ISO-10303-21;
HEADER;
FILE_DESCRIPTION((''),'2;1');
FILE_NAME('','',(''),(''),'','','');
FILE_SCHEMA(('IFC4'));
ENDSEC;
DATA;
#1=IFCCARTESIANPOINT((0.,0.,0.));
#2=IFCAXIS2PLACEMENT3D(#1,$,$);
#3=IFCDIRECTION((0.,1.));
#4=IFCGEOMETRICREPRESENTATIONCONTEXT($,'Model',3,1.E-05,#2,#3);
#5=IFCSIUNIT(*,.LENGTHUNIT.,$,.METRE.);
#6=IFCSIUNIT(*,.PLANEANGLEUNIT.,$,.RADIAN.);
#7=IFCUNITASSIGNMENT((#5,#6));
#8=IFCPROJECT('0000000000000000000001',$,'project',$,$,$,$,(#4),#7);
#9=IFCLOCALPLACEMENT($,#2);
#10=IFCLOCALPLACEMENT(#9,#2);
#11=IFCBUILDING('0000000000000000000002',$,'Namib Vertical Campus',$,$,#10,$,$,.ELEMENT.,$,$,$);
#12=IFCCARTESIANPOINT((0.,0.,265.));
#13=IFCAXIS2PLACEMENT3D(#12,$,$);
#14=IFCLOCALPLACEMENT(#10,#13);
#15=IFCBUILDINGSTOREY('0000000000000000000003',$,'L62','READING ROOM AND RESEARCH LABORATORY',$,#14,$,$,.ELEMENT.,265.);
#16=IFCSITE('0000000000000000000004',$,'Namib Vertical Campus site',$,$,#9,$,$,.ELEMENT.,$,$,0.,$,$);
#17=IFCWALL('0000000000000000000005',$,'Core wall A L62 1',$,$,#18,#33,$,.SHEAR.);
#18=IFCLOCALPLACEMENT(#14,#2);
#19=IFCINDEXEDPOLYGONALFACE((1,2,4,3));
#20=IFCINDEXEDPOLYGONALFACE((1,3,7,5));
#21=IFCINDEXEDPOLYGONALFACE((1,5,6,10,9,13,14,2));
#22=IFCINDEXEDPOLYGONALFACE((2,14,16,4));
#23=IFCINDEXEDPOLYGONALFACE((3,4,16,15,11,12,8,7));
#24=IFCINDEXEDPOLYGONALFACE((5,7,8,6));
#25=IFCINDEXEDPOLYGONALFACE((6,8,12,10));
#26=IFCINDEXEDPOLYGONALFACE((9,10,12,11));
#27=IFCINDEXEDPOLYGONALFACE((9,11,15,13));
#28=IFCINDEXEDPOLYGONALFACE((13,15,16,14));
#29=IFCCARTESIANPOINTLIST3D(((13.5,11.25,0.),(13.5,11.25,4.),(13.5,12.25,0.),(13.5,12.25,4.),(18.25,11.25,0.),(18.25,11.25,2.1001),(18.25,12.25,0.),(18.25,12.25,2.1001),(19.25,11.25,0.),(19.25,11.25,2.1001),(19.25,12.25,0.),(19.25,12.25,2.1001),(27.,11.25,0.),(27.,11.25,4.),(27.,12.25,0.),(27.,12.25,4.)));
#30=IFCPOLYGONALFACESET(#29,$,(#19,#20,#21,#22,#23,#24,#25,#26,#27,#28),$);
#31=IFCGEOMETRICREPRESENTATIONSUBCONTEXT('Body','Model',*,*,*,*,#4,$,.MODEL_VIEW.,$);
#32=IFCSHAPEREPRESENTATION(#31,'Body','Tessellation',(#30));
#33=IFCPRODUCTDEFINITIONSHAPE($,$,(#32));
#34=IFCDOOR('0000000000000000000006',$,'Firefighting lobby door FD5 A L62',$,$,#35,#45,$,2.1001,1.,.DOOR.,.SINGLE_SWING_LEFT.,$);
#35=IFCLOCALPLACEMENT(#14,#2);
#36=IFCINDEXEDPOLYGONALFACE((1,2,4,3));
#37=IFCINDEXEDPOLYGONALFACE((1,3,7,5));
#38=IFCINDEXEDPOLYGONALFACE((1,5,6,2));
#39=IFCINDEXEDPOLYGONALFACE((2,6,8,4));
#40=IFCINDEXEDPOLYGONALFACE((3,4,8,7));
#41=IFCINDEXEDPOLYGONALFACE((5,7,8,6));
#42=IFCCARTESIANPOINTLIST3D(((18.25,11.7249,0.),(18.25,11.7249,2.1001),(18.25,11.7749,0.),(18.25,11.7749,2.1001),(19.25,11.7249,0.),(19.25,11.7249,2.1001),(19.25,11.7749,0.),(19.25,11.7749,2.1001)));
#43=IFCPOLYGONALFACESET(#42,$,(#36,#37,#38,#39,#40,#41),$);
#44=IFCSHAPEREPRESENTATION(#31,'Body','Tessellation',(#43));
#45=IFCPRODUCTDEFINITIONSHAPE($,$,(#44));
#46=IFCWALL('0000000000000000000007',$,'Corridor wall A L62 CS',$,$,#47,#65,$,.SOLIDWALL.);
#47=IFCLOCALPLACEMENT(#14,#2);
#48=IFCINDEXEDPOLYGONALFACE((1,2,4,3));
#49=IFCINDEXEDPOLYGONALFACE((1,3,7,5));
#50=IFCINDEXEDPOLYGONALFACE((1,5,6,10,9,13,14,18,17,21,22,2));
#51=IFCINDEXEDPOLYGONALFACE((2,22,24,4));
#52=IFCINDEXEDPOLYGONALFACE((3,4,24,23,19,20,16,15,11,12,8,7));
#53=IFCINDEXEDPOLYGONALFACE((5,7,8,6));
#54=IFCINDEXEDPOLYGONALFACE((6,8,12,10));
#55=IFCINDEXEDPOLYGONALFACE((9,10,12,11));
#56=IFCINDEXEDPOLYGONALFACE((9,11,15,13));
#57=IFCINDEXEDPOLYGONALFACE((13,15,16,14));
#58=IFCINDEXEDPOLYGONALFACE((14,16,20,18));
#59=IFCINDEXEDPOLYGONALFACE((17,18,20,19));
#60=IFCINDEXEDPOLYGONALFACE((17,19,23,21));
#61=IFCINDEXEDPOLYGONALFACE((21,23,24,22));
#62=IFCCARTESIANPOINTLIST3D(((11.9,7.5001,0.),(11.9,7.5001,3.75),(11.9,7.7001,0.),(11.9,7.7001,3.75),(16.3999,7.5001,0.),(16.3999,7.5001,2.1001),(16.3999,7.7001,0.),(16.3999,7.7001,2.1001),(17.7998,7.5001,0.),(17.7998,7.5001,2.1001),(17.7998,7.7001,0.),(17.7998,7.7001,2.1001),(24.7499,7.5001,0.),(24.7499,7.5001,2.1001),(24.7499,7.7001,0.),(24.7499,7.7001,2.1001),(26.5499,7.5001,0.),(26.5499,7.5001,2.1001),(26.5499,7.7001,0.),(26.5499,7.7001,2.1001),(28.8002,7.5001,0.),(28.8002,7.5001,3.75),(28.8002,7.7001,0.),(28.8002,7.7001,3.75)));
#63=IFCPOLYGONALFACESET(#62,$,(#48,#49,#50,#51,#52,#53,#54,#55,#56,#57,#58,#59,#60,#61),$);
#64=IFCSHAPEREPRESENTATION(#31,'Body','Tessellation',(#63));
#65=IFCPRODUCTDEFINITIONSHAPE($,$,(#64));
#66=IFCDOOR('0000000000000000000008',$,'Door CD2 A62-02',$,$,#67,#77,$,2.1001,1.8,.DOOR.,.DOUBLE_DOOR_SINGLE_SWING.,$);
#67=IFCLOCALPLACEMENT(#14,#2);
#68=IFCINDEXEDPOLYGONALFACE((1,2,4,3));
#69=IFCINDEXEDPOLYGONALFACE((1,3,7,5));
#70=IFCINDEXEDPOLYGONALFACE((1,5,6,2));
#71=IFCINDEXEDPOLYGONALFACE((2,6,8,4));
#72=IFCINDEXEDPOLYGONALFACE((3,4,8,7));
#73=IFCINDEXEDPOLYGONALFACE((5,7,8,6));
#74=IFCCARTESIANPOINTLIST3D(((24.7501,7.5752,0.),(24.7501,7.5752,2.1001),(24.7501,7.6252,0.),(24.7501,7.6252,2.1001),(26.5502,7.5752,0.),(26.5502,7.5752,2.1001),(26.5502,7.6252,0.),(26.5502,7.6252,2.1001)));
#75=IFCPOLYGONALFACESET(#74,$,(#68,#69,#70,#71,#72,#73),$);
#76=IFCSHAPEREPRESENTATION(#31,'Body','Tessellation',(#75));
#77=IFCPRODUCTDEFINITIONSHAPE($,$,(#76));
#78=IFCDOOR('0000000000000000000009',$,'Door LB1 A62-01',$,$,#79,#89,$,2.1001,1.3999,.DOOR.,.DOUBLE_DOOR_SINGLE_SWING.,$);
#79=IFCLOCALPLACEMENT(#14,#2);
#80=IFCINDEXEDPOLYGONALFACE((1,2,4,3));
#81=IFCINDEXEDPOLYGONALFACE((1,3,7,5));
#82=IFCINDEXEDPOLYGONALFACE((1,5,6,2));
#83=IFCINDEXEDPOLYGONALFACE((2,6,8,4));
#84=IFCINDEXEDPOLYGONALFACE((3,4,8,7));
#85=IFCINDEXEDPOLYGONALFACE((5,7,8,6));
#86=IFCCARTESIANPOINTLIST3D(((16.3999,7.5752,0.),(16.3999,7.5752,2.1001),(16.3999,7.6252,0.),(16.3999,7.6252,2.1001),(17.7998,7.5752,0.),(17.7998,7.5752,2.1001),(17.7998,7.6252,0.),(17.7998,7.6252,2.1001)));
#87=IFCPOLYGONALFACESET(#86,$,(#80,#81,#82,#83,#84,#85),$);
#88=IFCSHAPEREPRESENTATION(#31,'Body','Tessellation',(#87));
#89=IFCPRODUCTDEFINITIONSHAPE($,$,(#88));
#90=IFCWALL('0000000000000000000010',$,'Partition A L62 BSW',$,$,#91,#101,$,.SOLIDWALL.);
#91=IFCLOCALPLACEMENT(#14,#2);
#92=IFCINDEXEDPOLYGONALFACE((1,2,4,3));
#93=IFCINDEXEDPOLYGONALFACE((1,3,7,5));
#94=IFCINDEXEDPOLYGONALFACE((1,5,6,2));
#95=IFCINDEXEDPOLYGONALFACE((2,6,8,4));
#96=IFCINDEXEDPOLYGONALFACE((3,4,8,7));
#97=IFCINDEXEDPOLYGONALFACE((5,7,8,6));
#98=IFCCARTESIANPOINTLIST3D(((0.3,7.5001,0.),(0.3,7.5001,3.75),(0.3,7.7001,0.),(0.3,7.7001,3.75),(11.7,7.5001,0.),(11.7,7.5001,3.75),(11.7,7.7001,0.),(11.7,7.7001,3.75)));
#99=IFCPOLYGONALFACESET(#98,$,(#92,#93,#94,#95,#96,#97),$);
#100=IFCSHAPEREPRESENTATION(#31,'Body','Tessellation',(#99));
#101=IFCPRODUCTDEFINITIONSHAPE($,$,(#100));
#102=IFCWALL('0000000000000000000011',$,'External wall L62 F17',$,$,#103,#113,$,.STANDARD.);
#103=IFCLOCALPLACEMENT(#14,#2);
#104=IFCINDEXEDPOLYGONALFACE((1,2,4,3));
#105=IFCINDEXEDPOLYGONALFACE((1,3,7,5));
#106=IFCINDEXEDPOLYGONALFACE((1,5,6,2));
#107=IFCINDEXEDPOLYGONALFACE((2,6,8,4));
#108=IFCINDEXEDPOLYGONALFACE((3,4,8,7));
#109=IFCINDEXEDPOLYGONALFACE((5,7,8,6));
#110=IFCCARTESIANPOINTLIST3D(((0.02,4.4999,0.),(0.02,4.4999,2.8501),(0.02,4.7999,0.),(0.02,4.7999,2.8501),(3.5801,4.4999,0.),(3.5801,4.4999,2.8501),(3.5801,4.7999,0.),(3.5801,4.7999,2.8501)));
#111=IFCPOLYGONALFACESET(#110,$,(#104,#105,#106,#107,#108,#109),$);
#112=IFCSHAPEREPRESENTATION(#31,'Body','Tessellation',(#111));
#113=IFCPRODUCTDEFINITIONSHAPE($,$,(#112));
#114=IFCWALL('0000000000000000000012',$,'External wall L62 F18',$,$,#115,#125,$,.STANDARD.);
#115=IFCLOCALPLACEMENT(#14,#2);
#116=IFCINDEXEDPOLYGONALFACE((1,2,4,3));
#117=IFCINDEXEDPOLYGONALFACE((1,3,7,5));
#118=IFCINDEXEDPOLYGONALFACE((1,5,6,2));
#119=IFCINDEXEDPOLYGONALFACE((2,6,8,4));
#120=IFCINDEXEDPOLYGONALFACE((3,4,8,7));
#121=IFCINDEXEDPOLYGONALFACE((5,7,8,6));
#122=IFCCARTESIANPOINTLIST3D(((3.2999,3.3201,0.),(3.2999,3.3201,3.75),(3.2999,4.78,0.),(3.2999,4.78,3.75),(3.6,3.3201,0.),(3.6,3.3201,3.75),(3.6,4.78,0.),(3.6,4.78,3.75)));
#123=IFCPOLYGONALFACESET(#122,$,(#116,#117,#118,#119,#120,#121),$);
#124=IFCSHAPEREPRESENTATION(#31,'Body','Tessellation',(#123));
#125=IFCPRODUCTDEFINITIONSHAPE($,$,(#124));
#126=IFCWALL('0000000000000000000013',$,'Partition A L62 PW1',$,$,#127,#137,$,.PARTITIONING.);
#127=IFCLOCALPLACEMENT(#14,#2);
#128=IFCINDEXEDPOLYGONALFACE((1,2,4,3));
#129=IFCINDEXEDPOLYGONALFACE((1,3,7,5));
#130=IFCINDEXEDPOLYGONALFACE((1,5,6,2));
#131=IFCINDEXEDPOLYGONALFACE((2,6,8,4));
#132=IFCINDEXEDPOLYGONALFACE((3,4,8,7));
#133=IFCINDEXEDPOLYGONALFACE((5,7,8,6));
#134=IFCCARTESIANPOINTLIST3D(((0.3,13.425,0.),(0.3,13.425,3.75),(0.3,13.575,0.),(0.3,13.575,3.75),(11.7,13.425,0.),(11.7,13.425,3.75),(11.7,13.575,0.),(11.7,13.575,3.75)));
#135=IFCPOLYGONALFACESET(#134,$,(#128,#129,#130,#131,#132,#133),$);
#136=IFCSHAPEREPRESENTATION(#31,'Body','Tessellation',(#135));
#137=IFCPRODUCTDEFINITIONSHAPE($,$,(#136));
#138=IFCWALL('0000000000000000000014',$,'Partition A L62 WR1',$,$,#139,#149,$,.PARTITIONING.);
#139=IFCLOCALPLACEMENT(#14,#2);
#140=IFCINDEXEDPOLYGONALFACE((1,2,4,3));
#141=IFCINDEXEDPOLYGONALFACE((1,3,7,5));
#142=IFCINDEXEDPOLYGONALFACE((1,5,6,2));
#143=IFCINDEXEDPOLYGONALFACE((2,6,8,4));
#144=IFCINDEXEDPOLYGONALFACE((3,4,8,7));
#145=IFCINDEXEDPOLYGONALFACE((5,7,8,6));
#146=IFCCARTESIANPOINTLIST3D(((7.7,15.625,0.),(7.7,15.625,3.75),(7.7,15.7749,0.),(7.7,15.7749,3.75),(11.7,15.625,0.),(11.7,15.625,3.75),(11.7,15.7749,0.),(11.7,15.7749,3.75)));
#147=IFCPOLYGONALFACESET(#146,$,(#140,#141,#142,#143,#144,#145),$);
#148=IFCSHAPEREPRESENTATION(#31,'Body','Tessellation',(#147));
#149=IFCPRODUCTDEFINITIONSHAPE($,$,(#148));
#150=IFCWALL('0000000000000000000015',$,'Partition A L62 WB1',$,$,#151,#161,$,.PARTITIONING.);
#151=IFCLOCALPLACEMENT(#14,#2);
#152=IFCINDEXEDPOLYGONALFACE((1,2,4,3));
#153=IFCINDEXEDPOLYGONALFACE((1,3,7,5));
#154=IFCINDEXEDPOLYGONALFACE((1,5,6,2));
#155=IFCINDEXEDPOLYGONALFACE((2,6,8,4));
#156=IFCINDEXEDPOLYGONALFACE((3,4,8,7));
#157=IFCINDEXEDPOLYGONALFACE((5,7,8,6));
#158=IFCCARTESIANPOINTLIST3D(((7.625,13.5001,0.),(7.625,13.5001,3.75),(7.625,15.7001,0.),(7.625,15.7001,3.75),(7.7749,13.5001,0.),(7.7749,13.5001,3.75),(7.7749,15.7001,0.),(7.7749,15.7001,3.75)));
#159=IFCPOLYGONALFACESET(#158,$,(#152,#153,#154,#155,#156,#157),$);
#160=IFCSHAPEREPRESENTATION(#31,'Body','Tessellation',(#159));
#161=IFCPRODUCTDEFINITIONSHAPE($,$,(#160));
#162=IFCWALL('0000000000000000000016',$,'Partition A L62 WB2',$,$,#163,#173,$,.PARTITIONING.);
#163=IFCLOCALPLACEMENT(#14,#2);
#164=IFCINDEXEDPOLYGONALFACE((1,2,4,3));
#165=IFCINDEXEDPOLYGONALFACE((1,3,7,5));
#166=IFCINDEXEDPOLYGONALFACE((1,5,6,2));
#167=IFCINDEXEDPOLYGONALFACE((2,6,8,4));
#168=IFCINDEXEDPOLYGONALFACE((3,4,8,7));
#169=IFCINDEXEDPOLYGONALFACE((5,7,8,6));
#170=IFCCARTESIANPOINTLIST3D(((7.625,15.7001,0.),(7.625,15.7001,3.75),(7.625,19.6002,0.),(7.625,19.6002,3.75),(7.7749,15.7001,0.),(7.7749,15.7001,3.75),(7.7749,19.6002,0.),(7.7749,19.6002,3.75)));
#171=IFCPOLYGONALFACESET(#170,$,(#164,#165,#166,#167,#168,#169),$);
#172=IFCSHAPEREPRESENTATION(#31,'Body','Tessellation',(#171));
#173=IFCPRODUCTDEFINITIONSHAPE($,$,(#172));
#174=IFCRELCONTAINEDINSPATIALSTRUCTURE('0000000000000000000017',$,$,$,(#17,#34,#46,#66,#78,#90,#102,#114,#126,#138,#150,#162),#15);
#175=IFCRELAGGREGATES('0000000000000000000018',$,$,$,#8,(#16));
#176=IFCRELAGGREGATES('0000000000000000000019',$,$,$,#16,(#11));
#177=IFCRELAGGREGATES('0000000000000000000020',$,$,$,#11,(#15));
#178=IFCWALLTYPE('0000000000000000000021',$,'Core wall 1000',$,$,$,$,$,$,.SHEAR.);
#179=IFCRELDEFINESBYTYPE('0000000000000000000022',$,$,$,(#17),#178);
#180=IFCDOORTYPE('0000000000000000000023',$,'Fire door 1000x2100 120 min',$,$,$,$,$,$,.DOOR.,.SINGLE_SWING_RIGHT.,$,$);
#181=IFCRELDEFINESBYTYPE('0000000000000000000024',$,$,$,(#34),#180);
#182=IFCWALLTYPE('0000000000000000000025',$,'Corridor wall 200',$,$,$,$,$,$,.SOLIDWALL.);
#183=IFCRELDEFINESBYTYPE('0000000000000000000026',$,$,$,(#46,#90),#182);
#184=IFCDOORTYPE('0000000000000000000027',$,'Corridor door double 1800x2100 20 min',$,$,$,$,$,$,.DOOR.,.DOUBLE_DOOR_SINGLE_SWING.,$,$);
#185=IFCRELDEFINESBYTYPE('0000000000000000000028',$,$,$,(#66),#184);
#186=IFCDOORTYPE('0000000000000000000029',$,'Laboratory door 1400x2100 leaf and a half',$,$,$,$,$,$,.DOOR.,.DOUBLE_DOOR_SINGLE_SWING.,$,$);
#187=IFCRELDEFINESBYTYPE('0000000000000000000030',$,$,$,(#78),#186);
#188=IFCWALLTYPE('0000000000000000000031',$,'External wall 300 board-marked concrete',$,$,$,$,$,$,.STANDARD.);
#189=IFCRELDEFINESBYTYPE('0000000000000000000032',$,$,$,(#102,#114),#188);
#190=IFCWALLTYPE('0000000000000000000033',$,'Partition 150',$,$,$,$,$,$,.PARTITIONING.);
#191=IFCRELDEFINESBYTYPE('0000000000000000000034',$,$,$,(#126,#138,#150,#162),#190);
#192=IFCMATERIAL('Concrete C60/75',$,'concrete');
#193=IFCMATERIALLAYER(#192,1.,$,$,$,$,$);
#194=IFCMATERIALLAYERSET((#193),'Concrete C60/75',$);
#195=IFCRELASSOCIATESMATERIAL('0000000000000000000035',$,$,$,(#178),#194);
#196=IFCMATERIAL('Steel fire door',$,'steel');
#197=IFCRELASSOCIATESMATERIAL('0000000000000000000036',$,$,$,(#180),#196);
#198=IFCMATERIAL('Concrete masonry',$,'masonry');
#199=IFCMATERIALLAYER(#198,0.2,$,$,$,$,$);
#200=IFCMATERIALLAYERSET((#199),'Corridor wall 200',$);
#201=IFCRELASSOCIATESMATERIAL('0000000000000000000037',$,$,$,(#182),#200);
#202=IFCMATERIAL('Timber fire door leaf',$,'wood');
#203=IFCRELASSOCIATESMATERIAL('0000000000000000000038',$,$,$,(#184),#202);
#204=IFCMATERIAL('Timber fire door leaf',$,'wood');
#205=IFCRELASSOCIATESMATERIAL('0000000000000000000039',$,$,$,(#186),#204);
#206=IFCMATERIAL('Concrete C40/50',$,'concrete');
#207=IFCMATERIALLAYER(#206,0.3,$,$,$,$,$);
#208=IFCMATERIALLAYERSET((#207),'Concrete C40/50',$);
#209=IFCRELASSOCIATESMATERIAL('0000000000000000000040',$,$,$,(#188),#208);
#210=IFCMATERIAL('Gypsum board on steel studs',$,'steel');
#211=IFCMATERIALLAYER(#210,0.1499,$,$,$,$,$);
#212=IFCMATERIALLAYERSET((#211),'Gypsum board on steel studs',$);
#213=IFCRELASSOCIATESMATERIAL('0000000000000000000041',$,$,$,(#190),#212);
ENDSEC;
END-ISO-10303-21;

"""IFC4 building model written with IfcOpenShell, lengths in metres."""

from ifc_helpers import new_model, si_unit, direction, frame, frame_2d, origin, place, context, subcontext, project, spatial, rectangle, extrude, material, layer, layer_set, type_object, element, fill, save


model = new_model("IFC4")

# Units and contexts
model_context = context("Model", 3, precision=1e-05, world=origin(), true_north=direction((0.0, 1.0)))
body_context = subcontext(model_context, "Body", "Model", "MODEL_VIEW")
ifc_project = project(units=[si_unit("LENGTHUNIT", "METRE"), si_unit("PLANEANGLEUNIT", "RADIAN")], contexts=[model_context])

# Site, building, storey
site_placement = place(None, origin())
site = spatial("IfcSite", under=ifc_project, at=site_placement, Name="Namib Vertical Campus site", CompositionType="ELEMENT", RefElevation=0.0)
building_placement = place(site_placement, origin())
building = spatial("IfcBuilding", under=site, at=building_placement, Name="Namib Vertical Campus", CompositionType="ELEMENT")
storey_placement = place(building_placement, frame((0.0, 0.0, 265.0)))
storey = spatial("IfcBuildingStorey", under=building, at=storey_placement, Name="L62", Description="READING ROOM AND RESEARCH LABORATORY", CompositionType="ELEMENT", Elevation=265.0)

# Wall, opening, door
ifc_material_1 = material(Name="Concrete C60/75", Category="concrete")
ifc_layer_1 = layer(ifc_material_1, 1.0)
ifc_layer_set_1 = layer_set([ifc_layer_1], Name="Concrete C60/75")
wall_type_1 = type_object("IfcWallType", Name="Core wall 1000", PredefinedType="SHEAR", material=ifc_layer_set_1)
wall_1_placement = place(storey_placement, frame((13.5, 11.75, 0.0), z_axis=(0.0, 0.0, 1.0), x_axis=(1.0, 0.0, 0.0)))
wall_1 = element("IfcWall", 1, at=wall_1_placement, inside=storey, type_object=wall_type_1, Name="Core wall A L62 1", PredefinedType="SHEAR", context=body_context, shape_type="SweptSolid", body=[
    extrude(rectangle(XDim=13.5, YDim=1.0, at=frame_2d((6.75, 0.0))), origin(), (0.0, 0.0, 1.0), 4.0),
])
opening_1_placement = place(wall_1_placement, frame((4.75, 0.0, 0.0)))
opening_1 = element("IfcOpeningElement", 2, at=opening_1_placement, cuts=wall_1, PredefinedType="OPENING", context=body_context, shape_type="SweptSolid", body=[
    extrude(rectangle(XDim=1.0, YDim=2.1001, at=frame_2d((0.5, 1.05))), frame((0.0, 0.51, 0.0), z_axis=(0.0, -1.0, 0.0), x_axis=(1.0, 0.0, 0.0)), (0.0, 0.0, 1.0), 1.02),
])
ifc_material_2 = material(Name="Steel fire door", Category="steel")
door_type_1 = type_object("IfcDoorType", Name="Fire door 1000x2100 120 min", OperationType="SINGLE_SWING_RIGHT", PredefinedType="DOOR", material=ifc_material_2)
door_1_placement = place(opening_1_placement, origin())
door_1 = element("IfcDoor", 3, at=door_1_placement, inside=storey, type_object=door_type_1, Name="Firefighting lobby door FD5 A L62", OperationType="SINGLE_SWING_LEFT", OverallHeight=2.1001, OverallWidth=1.0, PredefinedType="DOOR", context=body_context, shape_type="SweptSolid", body=[
    extrude(rectangle(XDim=1.0, YDim=2.1001, at=frame_2d((0.5, 1.05))), frame((0.0, 0.0249, 0.0), z_axis=(0.0, -1.0, 0.0), x_axis=(1.0, 0.0, 0.0)), (0.0, 0.0, 1.0), 0.05),
])
fill(opening_1, door_1)

# Wall, openings, doors
ifc_material_3 = material(Name="Concrete masonry", Category="masonry")
ifc_layer_2 = layer(ifc_material_3, 0.2)
ifc_layer_set_2 = layer_set([ifc_layer_2], Name="Corridor wall 200")
wall_type_2 = type_object("IfcWallType", Name="Corridor wall 200", PredefinedType="SOLIDWALL", material=ifc_layer_set_2)
wall_2_placement = place(storey_placement, frame((11.8999, 7.6001, 0.0), z_axis=(0.0, 0.0, 1.0), x_axis=(1.0, 0.0, 0.0)))
wall_2 = element("IfcWall", 4, at=wall_2_placement, inside=storey, type_object=wall_type_2, Name="Corridor wall A L62 CS", PredefinedType="SOLIDWALL", context=body_context, shape_type="SweptSolid", body=[
    extrude(rectangle(XDim=16.9001, YDim=0.2, at=frame_2d((8.4502, 0.0))), origin(), (0.0, 0.0, 1.0), 3.75),
])
opening_2_placement = place(wall_2_placement, frame((4.5, 0.0, 0.0)))
opening_2 = element("IfcOpeningElement", 5, at=opening_2_placement, cuts=wall_2, PredefinedType="OPENING", context=body_context, shape_type="SweptSolid", body=[
    extrude(rectangle(XDim=1.3999, YDim=2.1001, at=frame_2d((0.7, 1.05))), frame((0.0, 0.1099, 0.0), z_axis=(0.0, -1.0, 0.0), x_axis=(1.0, 0.0, 0.0)), (0.0, 0.0, 1.0), 0.22),
])
opening_3_placement = place(wall_2_placement, frame((12.8501, 0.0, 0.0)))
opening_3 = element("IfcOpeningElement", 6, at=opening_3_placement, cuts=wall_2, PredefinedType="OPENING", context=body_context, shape_type="SweptSolid", body=[
    extrude(rectangle(XDim=1.8, YDim=2.1001, at=frame_2d((0.8999, 1.05))), frame((0.0, 0.1099, 0.0), z_axis=(0.0, -1.0, 0.0), x_axis=(1.0, 0.0, 0.0)), (0.0, 0.0, 1.0), 0.22),
])
ifc_material_4 = material(Name="Timber fire door leaf", Category="wood")
door_type_2 = type_object("IfcDoorType", Name="Corridor door double 1800x2100 20 min", OperationType="DOUBLE_DOOR_SINGLE_SWING", PredefinedType="DOOR", material=ifc_material_4)
door_2_placement = place(opening_3_placement, frame((1.8, 0.0, 0.0), z_axis=(0.0, 0.0, 1.0), x_axis=(-1.0, 0.0, 0.0)))
door_2 = element("IfcDoor", 7, at=door_2_placement, inside=storey, type_object=door_type_2, Name="Door CD2 A62-02", OperationType="DOUBLE_DOOR_SINGLE_SWING", OverallHeight=2.1001, OverallWidth=1.8, PredefinedType="DOOR", context=body_context, shape_type="SweptSolid", body=[
    extrude(rectangle(XDim=1.8, YDim=2.1001, at=frame_2d((0.8999, 1.05))), frame((0.0, 0.0249, 0.0), z_axis=(0.0, -1.0, 0.0), x_axis=(1.0, 0.0, 0.0)), (0.0, 0.0, 1.0), 0.05),
])
fill(opening_3, door_2)
ifc_material_5 = material(Name="Timber fire door leaf", Category="wood")
door_type_3 = type_object("IfcDoorType", Name="Laboratory door 1400x2100 leaf and a half", OperationType="DOUBLE_DOOR_SINGLE_SWING", PredefinedType="DOOR", material=ifc_material_5)
door_3_placement = place(opening_2_placement, frame((1.3999, 0.0, 0.0), z_axis=(0.0, 0.0, 1.0), x_axis=(-1.0, 0.0, 0.0)))
door_3 = element("IfcDoor", 8, at=door_3_placement, inside=storey, type_object=door_type_3, Name="Door LB1 A62-01", OperationType="DOUBLE_DOOR_SINGLE_SWING", OverallHeight=2.1001, OverallWidth=1.3999, PredefinedType="DOOR", context=body_context, shape_type="SweptSolid", body=[
    extrude(rectangle(XDim=1.3999, YDim=2.1001, at=frame_2d((0.7, 1.05))), frame((0.0, 0.0249, 0.0), z_axis=(0.0, -1.0, 0.0), x_axis=(1.0, 0.0, 0.0)), (0.0, 0.0, 1.0), 0.05),
])
fill(opening_2, door_3)

# Walls
wall_3_placement = place(storey_placement, frame((0.3, 7.6001, 0.0), z_axis=(0.0, 0.0, 1.0), x_axis=(1.0, 0.0, 0.0)))
element("IfcWall", 9, at=wall_3_placement, inside=storey, type_object=wall_type_2, Name="Partition A L62 BSW", PredefinedType="SOLIDWALL", context=body_context, shape_type="SweptSolid", body=[
    extrude(rectangle(XDim=11.3999, YDim=0.2, at=frame_2d((5.7, 0.0))), origin(), (0.0, 0.0, 1.0), 3.75),
])
ifc_material_6 = material(Name="Concrete C40/50", Category="concrete")
ifc_layer_3 = layer(ifc_material_6, 0.3)
ifc_layer_set_3 = layer_set([ifc_layer_3], Name="Concrete C40/50")
wall_type_3 = type_object("IfcWallType", Name="External wall 300 board-marked concrete", PredefinedType="STANDARD", material=ifc_layer_set_3)
wall_4_placement = place(storey_placement, frame((0.02, 4.6499, 0.0), z_axis=(0.0, 0.0, 1.0), x_axis=(1.0, 0.0, 0.0)))
element("IfcWall", 10, at=wall_4_placement, inside=storey, type_object=wall_type_3, Name="External wall L62 F17", PredefinedType="STANDARD", context=body_context, shape_type="SweptSolid", body=[
    extrude(rectangle(XDim=3.5601, YDim=0.3, at=frame_2d((1.78, 0.0))), origin(), (0.0, 0.0, 1.0), 2.8501),
])
wall_5_placement = place(storey_placement, frame((3.45, 4.78, 0.0), z_axis=(0.0, 0.0, 1.0), x_axis=(0.0, -1.0, 0.0)))
element("IfcWall", 11, at=wall_5_placement, inside=storey, type_object=wall_type_3, Name="External wall L62 F18", PredefinedType="STANDARD", context=body_context, shape_type="SweptSolid", body=[
    extrude(rectangle(XDim=1.46, YDim=0.3, at=frame_2d((0.73, 0.0))), origin(), (0.0, 0.0, 1.0), 3.75),
])
ifc_material_7 = material(Name="Gypsum board on steel studs", Category="steel")
ifc_layer_4 = layer(ifc_material_7, 0.1499)
ifc_layer_set_4 = layer_set([ifc_layer_4], Name="Gypsum board on steel studs")
wall_type_4 = type_object("IfcWallType", Name="Partition 150", PredefinedType="PARTITIONING", material=ifc_layer_set_4)
wall_6_placement = place(storey_placement, frame((0.3, 13.5, 0.0), z_axis=(0.0, 0.0, 1.0), x_axis=(1.0, 0.0, 0.0)))
element("IfcWall", 12, at=wall_6_placement, inside=storey, type_object=wall_type_4, Name="Partition A L62 PW1", PredefinedType="PARTITIONING", context=body_context, shape_type="SweptSolid", body=[
    extrude(rectangle(XDim=11.3999, YDim=0.1499, at=frame_2d((5.7, 0.0))), origin(), (0.0, 0.0, 1.0), 3.75),
])
wall_7_placement = place(storey_placement, frame((11.7, 15.7, 0.0), z_axis=(0.0, 0.0, 1.0), x_axis=(-1.0, 0.0, 0.0)))
element("IfcWall", 13, at=wall_7_placement, inside=storey, type_object=wall_type_4, Name="Partition A L62 WR1", PredefinedType="PARTITIONING", context=body_context, shape_type="SweptSolid", body=[
    extrude(rectangle(XDim=4.0, YDim=0.1499, at=frame_2d((2.0, 0.0))), origin(), (0.0, 0.0, 1.0), 3.75),
])
wall_8_placement = place(storey_placement, frame((7.7, 13.5, 0.0), z_axis=(0.0, 0.0, 1.0), x_axis=(0.0, 1.0, 0.0)))
element("IfcWall", 14, at=wall_8_placement, inside=storey, type_object=wall_type_4, Name="Partition A L62 WB1", PredefinedType="PARTITIONING", context=body_context, shape_type="SweptSolid", body=[
    extrude(rectangle(XDim=2.2, YDim=0.1499, at=frame_2d((1.1001, 0.0))), origin(), (0.0, 0.0, 1.0), 3.75),
])
wall_9_placement = place(storey_placement, frame((7.7, 15.7, 0.0), z_axis=(0.0, 0.0, 1.0), x_axis=(0.0, 1.0, 0.0)))
element("IfcWall", 15, at=wall_9_placement, inside=storey, type_object=wall_type_4, Name="Partition A L62 WB2", PredefinedType="PARTITIONING", context=body_context, shape_type="SweptSolid", body=[
    extrude(rectangle(XDim=3.9001, YDim=0.1499, at=frame_2d((1.9502, 0.0))), origin(), (0.0, 0.0, 1.0), 3.75),
])

save(model, "model.ifc")
